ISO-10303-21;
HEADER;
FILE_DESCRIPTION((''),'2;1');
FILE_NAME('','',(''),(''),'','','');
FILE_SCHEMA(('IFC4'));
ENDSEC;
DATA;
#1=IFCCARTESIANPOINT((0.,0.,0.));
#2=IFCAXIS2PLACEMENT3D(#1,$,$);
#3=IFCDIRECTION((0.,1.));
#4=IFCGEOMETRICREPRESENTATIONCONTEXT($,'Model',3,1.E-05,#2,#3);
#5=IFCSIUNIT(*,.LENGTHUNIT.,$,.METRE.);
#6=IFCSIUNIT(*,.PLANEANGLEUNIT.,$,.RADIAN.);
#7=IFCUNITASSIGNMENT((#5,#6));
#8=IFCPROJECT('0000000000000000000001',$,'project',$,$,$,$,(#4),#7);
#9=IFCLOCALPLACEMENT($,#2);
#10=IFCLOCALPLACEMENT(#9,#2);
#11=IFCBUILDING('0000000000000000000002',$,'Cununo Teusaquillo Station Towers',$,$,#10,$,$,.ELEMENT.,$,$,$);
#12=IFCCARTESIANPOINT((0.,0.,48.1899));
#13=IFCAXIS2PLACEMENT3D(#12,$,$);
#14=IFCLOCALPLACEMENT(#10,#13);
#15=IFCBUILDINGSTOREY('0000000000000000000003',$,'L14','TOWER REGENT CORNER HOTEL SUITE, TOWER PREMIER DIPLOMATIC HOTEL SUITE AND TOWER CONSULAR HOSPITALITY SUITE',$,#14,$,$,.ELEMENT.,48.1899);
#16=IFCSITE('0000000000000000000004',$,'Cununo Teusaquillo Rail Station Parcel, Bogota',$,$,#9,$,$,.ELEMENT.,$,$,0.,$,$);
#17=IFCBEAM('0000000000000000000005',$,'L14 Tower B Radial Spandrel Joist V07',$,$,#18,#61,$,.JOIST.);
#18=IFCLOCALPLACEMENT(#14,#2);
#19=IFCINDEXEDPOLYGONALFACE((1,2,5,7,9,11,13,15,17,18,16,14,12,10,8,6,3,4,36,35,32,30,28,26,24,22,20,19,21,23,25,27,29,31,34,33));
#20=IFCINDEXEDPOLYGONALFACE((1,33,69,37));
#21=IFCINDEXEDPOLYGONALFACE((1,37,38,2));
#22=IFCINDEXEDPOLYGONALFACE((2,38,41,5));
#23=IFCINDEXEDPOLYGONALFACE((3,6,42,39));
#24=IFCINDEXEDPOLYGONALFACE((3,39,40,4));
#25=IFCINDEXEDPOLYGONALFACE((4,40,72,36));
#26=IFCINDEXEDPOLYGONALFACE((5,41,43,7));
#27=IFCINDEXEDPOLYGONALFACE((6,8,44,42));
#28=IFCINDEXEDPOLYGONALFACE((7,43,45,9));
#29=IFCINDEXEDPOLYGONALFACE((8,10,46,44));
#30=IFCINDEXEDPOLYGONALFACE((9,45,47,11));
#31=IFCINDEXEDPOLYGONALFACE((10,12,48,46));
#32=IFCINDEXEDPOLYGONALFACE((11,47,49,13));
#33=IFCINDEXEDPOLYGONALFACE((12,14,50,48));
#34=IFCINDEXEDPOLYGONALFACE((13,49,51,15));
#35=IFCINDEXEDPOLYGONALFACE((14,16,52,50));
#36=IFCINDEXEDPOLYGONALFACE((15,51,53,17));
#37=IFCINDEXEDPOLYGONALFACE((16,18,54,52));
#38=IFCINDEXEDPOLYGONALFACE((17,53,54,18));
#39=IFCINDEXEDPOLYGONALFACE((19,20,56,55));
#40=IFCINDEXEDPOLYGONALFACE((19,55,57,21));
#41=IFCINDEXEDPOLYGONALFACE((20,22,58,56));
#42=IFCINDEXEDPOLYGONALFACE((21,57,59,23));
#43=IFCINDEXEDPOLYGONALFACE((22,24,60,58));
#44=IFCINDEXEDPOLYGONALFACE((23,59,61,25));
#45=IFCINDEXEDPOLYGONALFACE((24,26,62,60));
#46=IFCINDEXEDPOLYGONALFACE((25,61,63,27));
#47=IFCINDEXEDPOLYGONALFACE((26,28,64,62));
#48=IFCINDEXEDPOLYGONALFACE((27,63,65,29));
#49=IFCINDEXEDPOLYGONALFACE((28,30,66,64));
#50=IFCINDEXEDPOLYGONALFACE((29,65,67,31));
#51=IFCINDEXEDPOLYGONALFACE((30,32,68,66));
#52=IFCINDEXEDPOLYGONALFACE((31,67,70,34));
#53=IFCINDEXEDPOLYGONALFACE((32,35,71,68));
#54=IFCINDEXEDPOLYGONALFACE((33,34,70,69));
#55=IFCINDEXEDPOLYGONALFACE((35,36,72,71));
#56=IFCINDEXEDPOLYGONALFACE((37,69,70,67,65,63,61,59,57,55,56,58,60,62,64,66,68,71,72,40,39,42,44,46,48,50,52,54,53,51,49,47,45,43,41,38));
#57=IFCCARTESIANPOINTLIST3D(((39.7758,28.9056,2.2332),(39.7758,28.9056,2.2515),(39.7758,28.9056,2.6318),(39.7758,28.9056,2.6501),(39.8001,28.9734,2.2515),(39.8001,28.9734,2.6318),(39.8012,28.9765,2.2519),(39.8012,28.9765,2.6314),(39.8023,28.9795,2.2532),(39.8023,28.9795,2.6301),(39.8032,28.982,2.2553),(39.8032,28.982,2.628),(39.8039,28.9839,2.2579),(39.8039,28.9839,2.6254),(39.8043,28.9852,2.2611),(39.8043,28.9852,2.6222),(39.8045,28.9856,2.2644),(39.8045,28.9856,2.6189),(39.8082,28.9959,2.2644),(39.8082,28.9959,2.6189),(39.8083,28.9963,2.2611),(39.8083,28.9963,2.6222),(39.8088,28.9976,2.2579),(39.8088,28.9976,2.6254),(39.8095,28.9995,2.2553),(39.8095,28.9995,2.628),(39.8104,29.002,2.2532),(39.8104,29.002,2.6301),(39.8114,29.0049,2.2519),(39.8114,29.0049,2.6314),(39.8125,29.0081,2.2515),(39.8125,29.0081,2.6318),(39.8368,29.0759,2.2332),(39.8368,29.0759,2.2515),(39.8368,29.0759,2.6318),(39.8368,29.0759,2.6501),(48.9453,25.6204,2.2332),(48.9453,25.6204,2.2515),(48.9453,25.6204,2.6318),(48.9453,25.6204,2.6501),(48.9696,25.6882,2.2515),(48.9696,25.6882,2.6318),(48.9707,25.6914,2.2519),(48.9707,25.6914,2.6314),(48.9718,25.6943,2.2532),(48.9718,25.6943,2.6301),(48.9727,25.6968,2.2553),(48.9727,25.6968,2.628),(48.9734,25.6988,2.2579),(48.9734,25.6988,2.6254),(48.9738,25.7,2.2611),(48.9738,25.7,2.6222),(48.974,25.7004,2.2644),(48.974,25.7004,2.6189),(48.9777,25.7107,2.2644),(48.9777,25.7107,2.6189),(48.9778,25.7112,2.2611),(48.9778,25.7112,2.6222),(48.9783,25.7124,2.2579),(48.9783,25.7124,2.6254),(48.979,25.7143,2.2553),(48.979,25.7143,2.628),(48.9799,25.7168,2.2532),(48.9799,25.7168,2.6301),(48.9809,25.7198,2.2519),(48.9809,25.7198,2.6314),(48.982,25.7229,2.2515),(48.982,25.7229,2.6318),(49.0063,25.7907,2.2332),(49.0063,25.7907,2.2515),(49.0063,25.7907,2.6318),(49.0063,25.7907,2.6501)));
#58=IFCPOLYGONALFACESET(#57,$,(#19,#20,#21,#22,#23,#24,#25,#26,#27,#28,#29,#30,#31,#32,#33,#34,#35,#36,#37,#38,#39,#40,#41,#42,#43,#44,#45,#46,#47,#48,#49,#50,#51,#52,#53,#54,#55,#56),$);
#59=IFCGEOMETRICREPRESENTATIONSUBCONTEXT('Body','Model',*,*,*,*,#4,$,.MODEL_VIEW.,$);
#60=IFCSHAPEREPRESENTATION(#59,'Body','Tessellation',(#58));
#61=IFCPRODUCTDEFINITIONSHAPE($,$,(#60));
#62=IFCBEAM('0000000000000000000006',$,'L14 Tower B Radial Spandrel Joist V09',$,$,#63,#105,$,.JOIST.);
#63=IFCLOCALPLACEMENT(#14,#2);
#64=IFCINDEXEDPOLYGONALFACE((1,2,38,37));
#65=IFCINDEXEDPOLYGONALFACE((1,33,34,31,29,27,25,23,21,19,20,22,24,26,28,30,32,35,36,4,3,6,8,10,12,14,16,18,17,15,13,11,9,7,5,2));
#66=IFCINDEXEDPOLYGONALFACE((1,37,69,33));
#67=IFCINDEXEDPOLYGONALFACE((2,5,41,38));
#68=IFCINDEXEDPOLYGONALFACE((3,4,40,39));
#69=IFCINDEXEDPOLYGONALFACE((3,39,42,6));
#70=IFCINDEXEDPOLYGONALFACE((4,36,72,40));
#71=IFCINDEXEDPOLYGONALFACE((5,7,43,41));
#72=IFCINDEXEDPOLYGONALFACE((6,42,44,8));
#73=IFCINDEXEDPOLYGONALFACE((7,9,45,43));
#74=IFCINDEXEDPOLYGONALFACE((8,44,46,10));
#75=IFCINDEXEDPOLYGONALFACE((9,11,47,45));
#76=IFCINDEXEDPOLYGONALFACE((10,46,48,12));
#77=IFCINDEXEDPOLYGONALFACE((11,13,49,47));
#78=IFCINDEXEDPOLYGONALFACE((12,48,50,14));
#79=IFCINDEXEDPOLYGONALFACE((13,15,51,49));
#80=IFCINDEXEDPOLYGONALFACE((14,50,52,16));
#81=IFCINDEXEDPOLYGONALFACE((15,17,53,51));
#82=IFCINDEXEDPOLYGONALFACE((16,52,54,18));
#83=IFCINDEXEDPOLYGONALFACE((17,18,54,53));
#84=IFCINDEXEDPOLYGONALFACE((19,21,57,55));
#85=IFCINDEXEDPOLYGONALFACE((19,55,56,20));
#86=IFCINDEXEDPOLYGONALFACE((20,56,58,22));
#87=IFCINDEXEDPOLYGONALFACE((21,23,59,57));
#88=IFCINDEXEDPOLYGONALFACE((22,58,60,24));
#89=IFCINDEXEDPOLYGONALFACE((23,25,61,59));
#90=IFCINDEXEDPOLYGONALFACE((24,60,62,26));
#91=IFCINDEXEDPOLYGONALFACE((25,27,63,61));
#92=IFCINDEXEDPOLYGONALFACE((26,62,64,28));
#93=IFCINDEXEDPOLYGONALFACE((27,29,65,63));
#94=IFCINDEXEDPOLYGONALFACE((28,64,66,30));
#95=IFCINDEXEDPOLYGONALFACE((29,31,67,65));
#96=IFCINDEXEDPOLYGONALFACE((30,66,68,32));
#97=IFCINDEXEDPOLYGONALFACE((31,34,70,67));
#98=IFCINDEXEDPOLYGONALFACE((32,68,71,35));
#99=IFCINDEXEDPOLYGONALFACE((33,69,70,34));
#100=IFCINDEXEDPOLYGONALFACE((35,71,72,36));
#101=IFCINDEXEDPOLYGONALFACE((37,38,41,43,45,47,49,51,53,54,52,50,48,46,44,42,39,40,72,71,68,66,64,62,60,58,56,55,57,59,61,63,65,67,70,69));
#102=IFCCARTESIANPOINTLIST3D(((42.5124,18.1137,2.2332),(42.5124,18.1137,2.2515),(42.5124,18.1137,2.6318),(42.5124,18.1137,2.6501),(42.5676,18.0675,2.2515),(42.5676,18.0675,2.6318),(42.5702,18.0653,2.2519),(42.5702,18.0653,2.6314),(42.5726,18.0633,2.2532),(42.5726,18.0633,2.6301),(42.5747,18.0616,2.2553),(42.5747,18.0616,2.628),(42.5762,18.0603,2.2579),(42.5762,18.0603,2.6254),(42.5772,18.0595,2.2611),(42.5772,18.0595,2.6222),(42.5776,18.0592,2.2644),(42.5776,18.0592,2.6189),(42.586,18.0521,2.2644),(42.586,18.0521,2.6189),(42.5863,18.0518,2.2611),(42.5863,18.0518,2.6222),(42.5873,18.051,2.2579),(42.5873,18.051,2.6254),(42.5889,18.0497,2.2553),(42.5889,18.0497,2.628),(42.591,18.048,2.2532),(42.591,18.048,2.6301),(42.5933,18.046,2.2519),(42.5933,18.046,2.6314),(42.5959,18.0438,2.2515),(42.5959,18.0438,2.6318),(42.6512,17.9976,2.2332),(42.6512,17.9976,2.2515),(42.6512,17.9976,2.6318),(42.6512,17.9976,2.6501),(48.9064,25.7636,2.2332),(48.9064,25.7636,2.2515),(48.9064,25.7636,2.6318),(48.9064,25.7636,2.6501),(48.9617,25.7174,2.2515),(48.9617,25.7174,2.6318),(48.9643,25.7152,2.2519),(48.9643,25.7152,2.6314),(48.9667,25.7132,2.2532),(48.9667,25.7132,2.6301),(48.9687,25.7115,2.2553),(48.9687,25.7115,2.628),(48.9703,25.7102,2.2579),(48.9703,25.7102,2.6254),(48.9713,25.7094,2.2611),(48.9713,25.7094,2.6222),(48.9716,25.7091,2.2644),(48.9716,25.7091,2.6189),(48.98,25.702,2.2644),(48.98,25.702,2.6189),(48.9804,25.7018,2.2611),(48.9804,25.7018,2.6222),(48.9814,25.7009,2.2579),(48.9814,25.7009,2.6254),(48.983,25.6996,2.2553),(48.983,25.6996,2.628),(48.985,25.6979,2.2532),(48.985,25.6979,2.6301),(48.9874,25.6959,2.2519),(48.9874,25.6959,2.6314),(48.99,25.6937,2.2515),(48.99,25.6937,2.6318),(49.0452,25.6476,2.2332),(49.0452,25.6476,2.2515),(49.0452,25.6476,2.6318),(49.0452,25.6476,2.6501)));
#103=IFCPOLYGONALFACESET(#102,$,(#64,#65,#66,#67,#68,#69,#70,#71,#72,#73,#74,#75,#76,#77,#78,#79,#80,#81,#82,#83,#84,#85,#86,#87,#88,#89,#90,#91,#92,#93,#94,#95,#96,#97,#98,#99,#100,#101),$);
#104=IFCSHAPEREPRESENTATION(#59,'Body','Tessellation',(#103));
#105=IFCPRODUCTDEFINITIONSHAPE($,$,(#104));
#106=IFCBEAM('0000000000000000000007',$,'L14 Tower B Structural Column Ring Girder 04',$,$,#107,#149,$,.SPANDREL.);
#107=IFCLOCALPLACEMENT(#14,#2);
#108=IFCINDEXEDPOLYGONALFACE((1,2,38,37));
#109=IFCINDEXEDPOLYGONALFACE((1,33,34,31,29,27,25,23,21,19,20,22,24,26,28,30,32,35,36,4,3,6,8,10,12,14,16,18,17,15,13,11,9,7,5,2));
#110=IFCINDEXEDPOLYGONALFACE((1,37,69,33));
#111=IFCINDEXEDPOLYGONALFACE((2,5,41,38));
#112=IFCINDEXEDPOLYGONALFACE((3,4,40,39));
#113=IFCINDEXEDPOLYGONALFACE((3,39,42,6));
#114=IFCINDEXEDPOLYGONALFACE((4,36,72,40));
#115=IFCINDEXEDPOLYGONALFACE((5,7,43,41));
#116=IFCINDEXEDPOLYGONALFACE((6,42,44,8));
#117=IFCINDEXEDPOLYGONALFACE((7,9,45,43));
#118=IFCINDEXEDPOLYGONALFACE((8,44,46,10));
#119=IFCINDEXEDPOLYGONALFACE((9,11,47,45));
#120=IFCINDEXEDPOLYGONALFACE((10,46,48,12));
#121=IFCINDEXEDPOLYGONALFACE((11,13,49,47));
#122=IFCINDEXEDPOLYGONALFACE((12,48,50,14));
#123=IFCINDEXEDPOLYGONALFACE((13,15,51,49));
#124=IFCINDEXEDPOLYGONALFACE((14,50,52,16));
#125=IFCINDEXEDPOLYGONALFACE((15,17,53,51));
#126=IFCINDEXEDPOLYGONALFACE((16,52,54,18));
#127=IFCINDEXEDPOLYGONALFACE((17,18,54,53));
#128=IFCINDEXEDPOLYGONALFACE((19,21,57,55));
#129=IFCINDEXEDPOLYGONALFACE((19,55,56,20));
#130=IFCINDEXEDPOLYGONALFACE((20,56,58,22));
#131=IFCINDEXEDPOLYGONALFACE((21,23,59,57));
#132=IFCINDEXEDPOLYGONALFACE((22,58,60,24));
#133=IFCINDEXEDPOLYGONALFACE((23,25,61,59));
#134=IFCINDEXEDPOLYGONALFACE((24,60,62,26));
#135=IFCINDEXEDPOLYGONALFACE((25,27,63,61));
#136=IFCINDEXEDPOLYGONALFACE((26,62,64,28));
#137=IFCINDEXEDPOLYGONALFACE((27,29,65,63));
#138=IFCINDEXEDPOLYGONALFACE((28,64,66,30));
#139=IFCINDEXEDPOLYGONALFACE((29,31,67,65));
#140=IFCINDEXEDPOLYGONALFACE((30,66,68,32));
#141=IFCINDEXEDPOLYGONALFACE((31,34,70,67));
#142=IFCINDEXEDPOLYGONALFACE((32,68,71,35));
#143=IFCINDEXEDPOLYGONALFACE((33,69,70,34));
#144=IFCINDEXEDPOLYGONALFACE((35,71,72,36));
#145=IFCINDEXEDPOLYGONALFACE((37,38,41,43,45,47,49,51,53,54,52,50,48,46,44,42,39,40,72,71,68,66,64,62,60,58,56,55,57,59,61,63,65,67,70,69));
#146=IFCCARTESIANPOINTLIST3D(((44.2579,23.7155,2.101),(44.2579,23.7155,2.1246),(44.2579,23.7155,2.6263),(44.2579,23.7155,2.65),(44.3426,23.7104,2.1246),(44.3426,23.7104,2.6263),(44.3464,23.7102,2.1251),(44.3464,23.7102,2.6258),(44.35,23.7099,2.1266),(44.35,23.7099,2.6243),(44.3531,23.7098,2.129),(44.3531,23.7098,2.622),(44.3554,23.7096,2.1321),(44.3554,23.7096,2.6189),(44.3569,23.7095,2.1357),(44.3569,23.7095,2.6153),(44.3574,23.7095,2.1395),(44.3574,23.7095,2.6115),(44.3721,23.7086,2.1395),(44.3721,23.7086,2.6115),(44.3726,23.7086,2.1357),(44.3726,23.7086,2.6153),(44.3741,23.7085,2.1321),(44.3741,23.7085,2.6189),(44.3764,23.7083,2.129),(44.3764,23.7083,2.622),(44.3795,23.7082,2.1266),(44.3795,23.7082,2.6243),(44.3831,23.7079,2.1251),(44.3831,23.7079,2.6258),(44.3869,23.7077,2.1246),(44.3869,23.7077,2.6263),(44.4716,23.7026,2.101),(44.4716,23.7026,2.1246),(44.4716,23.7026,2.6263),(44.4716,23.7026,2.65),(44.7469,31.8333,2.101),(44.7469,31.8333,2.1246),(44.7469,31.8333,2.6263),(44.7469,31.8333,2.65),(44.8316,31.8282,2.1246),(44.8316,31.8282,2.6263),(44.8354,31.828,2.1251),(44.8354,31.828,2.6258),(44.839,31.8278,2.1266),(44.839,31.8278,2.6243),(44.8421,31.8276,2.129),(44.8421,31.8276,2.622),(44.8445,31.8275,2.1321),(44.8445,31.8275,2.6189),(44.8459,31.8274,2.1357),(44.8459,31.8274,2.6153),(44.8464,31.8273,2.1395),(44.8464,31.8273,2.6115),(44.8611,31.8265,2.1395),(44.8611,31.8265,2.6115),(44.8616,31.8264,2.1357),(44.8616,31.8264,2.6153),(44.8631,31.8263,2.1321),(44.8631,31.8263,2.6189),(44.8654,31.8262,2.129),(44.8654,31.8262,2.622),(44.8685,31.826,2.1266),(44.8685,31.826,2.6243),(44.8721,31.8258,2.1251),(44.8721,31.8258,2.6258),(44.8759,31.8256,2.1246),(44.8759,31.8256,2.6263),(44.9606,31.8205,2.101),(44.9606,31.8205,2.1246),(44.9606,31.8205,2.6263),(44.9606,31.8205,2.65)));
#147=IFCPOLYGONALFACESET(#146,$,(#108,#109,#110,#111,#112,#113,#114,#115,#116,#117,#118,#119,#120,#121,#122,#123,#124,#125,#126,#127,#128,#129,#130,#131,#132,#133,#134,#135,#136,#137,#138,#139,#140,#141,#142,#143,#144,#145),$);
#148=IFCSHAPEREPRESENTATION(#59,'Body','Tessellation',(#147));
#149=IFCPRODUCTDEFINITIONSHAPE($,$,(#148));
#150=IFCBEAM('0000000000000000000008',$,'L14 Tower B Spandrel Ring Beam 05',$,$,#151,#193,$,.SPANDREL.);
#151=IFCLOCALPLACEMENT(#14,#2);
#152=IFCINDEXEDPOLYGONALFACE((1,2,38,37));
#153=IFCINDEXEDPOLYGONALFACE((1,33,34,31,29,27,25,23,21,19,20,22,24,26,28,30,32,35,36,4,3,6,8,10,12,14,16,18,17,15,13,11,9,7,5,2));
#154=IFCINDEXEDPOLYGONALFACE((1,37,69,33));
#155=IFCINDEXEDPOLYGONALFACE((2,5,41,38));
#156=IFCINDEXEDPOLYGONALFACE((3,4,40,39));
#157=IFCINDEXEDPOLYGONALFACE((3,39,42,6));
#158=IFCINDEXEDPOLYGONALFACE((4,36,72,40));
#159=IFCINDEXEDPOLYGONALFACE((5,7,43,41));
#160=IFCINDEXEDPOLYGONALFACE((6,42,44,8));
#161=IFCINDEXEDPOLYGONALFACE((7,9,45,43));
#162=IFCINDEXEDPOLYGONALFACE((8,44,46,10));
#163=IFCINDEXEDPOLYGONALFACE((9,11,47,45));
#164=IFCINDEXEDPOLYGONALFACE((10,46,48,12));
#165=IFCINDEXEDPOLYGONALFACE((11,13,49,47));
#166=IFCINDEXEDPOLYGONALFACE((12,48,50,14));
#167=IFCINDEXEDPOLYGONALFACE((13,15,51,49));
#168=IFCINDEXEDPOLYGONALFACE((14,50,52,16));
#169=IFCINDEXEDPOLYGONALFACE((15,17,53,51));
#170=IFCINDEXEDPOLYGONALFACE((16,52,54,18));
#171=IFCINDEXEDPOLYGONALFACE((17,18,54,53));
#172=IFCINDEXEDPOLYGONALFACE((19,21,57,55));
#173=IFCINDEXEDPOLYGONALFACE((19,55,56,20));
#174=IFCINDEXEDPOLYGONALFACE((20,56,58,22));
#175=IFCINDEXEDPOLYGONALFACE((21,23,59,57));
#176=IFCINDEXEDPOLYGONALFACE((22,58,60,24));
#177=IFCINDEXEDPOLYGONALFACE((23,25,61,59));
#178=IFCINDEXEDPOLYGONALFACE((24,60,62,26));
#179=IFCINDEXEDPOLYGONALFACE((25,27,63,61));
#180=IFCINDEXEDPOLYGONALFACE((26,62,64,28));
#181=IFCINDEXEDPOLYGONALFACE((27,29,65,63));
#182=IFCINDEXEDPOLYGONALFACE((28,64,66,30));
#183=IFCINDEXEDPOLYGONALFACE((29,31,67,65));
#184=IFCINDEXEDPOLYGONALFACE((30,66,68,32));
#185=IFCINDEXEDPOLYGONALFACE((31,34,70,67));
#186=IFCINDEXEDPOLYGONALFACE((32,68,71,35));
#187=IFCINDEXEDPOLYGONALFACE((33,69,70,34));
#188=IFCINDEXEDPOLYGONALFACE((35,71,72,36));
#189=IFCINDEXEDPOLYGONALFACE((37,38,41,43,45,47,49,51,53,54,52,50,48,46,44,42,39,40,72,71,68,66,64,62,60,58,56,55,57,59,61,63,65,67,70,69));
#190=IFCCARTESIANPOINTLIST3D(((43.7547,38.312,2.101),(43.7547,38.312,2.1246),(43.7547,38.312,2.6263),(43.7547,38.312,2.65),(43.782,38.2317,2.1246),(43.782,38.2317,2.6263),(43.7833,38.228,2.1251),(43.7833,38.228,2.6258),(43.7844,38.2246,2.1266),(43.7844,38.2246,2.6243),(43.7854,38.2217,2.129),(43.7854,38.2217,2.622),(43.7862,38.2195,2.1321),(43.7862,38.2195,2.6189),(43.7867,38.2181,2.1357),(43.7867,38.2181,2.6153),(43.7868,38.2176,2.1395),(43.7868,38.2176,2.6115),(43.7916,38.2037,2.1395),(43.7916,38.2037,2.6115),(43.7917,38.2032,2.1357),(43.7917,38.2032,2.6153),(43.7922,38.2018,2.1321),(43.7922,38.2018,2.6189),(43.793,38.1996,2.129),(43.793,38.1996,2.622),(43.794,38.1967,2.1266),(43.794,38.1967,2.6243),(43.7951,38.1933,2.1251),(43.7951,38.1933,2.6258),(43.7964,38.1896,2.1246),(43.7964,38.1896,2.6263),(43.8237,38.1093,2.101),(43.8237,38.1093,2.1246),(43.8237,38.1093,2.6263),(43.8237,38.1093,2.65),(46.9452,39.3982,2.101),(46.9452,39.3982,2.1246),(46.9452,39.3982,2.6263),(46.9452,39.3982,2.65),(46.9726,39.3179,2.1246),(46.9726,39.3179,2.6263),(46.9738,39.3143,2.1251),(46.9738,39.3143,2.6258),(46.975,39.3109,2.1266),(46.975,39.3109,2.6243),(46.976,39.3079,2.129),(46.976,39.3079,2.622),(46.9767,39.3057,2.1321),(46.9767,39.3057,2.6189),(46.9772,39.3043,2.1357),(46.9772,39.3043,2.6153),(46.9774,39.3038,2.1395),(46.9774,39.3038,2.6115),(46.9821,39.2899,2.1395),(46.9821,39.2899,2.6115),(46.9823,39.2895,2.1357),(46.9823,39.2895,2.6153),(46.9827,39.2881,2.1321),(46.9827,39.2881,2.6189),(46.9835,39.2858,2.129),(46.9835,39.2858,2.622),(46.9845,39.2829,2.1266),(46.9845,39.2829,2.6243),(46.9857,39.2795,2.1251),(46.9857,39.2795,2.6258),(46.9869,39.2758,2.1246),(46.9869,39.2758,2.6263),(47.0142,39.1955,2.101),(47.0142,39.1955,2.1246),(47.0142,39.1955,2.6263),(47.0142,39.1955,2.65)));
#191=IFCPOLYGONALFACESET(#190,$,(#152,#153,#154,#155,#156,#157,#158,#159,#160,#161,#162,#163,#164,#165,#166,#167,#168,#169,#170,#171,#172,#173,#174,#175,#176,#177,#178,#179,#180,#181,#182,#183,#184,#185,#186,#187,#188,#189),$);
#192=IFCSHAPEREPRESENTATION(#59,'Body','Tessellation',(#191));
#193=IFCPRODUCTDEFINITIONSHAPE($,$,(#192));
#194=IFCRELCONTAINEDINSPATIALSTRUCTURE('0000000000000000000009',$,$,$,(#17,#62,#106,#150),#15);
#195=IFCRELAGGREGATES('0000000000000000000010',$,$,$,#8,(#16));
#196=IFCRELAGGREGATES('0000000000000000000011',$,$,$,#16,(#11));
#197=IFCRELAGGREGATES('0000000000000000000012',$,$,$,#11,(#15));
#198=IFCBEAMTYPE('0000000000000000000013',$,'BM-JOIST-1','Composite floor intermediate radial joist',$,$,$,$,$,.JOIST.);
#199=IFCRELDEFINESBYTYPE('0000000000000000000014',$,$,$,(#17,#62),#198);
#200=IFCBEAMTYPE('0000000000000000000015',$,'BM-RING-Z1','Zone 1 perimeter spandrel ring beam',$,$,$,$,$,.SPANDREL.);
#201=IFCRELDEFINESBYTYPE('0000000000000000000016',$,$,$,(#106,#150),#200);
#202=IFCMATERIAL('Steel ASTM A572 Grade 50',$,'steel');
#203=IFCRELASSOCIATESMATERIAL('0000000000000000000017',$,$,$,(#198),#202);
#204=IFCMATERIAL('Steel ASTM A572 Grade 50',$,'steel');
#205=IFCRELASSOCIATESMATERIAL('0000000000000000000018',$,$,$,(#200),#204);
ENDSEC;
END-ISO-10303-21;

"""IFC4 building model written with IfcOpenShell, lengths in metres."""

from ifc_helpers import new_model, si_unit, direction, frame, origin, origin_2d, place, context, subcontext, project, spatial, i_section, extrude, material, material_profile, profile_set, type_object, element, save


model = new_model("IFC4")

# Units and contexts
model_context = context("Model", 3, precision=1e-05, world=origin(), true_north=direction((0.0, 1.0)))
body_context = subcontext(model_context, "Body", "Model", "MODEL_VIEW")
ifc_project = project(units=[si_unit("LENGTHUNIT", "METRE"), si_unit("PLANEANGLEUNIT", "RADIAN")], contexts=[model_context])

# Site, building, storey
site_placement = place(None, origin())
site = spatial("IfcSite", under=ifc_project, at=site_placement, Name="Cununo Teusaquillo Rail Station Parcel, Bogota", CompositionType="ELEMENT", RefElevation=0.0)
building_placement = place(site_placement, origin())
building = spatial("IfcBuilding", under=site, at=building_placement, Name="Cununo Teusaquillo Station Towers", CompositionType="ELEMENT")
storey_placement = place(building_placement, frame((0.0, 0.0, 48.1899)))
storey = spatial("IfcBuildingStorey", under=building, at=storey_placement, Name="L14", Description="TOWER REGENT CORNER HOTEL SUITE, TOWER PREMIER DIPLOMATIC HOTEL SUITE AND TOWER CONSULAR HOSPITALITY SUITE", CompositionType="ELEMENT", Elevation=48.1899)

# Beams
ifc_material_1 = material(Name="Steel ASTM A572 Grade 50", Category="steel")
ifc_material_profile_1 = material_profile(ifc_material_1, i_section(OverallWidth=0.1809, OverallDepth=0.417, WebThickness=0.011, FlangeThickness=0.0183, FilletRadius=0.0129, at=origin_2d()), Name="W16X57")
ifc_profile_set_1 = profile_set([ifc_material_profile_1], Name="Steel ASTM A572 Grade 50")
beam_type_1 = type_object("IfcBeamType", Name="BM-JOIST-1", Description="Composite floor intermediate radial joist", PredefinedType="JOIST", material=ifc_profile_set_1)
beam_1_placement = place(storey_placement, frame((48.9758, 25.7056, 2.4417), z_axis=(-0.941405, 0.337279, 0.0), x_axis=(-0.337279, -0.941405, 0.0)))
element("IfcBeam", 1, at=beam_1_placement, inside=storey, type_object=beam_type_1, Name="L14 Tower B Radial Spandrel Joist V07", PredefinedType="JOIST", context=body_context, shape_type="SweptSolid", body=[
    extrude(i_section(OverallWidth=0.1809, OverallDepth=0.417, WebThickness=0.011, FlangeThickness=0.0183, FilletRadius=0.0129, at=origin_2d()), origin(), (0.0, 0.0, 1.0), 9.7402),
])
beam_2_placement = place(storey_placement, frame((48.9758, 25.7056, 2.4417), z_axis=(-0.641316, -0.767277, 0.0), x_axis=(0.767277, -0.641316, 0.0)))
element("IfcBeam", 2, at=beam_2_placement, inside=storey, type_object=beam_type_1, Name="L14 Tower B Radial Spandrel Joist V09", PredefinedType="JOIST", context=body_context, shape_type="SweptSolid", body=[
    extrude(i_section(OverallWidth=0.1809, OverallDepth=0.417, WebThickness=0.011, FlangeThickness=0.0183, FilletRadius=0.0129, at=origin_2d()), origin(), (0.0, 0.0, 1.0), 9.9702),
])
ifc_material_2 = material(Name="Steel ASTM A572 Grade 50", Category="steel")
ifc_material_profile_2 = material_profile(ifc_material_2, i_section(OverallWidth=0.2141, OverallDepth=0.5491, WebThickness=0.0146, FlangeThickness=0.0237, FilletRadius=0.0149, at=origin_2d()), Name="W21X93")
ifc_profile_set_2 = profile_set([ifc_material_profile_2], Name="Steel ASTM A572 Grade 50")
beam_type_2 = type_object("IfcBeamType", Name="BM-RING-Z1", Description="Zone 1 perimeter spandrel ring beam", PredefinedType="SPANDREL", material=ifc_profile_set_2)
beam_3_placement = place(storey_placement, frame((44.8538, 31.8269, 2.3755), z_axis=(-0.06013, -0.998191, 0.0), x_axis=(0.998191, -0.06013, 0.0)))
element("IfcBeam", 3, at=beam_3_placement, inside=storey, type_object=beam_type_2, Name="L14 Tower B Structural Column Ring Girder 04", PredefinedType="SPANDREL", context=body_context, shape_type="SweptSolid", body=[
    extrude(i_section(OverallWidth=0.2141, OverallDepth=0.5491, WebThickness=0.0146, FlangeThickness=0.0237, FilletRadius=0.0149, at=origin_2d()), origin(), (0.0, 0.0, 1.0), 8.1326),
])
for number, where, z_axis, x_axis, name in (
    (4, (46.9797, 39.2969, 2.3755), (-0.946643, -0.322285, 0.0), (0.322285, -0.946643, 0.0), "L14 Tower B Spandrel Ring Beam 05"),
):
    element("IfcBeam", number, at=place(storey_placement, frame(where, z_axis=z_axis, x_axis=x_axis)), inside=storey, type_object=beam_type_2, Name=name, PredefinedType="SPANDREL", context=body_context, shape_type="SweptSolid", body=[
        extrude(i_section(OverallWidth=0.2141, OverallDepth=0.5491, WebThickness=0.0146, FlangeThickness=0.0237, FilletRadius=0.0149, at=origin_2d()), origin(), (0.0, 0.0, 1.0), 3.3704),
    ])

save(model, "model.ifc")
